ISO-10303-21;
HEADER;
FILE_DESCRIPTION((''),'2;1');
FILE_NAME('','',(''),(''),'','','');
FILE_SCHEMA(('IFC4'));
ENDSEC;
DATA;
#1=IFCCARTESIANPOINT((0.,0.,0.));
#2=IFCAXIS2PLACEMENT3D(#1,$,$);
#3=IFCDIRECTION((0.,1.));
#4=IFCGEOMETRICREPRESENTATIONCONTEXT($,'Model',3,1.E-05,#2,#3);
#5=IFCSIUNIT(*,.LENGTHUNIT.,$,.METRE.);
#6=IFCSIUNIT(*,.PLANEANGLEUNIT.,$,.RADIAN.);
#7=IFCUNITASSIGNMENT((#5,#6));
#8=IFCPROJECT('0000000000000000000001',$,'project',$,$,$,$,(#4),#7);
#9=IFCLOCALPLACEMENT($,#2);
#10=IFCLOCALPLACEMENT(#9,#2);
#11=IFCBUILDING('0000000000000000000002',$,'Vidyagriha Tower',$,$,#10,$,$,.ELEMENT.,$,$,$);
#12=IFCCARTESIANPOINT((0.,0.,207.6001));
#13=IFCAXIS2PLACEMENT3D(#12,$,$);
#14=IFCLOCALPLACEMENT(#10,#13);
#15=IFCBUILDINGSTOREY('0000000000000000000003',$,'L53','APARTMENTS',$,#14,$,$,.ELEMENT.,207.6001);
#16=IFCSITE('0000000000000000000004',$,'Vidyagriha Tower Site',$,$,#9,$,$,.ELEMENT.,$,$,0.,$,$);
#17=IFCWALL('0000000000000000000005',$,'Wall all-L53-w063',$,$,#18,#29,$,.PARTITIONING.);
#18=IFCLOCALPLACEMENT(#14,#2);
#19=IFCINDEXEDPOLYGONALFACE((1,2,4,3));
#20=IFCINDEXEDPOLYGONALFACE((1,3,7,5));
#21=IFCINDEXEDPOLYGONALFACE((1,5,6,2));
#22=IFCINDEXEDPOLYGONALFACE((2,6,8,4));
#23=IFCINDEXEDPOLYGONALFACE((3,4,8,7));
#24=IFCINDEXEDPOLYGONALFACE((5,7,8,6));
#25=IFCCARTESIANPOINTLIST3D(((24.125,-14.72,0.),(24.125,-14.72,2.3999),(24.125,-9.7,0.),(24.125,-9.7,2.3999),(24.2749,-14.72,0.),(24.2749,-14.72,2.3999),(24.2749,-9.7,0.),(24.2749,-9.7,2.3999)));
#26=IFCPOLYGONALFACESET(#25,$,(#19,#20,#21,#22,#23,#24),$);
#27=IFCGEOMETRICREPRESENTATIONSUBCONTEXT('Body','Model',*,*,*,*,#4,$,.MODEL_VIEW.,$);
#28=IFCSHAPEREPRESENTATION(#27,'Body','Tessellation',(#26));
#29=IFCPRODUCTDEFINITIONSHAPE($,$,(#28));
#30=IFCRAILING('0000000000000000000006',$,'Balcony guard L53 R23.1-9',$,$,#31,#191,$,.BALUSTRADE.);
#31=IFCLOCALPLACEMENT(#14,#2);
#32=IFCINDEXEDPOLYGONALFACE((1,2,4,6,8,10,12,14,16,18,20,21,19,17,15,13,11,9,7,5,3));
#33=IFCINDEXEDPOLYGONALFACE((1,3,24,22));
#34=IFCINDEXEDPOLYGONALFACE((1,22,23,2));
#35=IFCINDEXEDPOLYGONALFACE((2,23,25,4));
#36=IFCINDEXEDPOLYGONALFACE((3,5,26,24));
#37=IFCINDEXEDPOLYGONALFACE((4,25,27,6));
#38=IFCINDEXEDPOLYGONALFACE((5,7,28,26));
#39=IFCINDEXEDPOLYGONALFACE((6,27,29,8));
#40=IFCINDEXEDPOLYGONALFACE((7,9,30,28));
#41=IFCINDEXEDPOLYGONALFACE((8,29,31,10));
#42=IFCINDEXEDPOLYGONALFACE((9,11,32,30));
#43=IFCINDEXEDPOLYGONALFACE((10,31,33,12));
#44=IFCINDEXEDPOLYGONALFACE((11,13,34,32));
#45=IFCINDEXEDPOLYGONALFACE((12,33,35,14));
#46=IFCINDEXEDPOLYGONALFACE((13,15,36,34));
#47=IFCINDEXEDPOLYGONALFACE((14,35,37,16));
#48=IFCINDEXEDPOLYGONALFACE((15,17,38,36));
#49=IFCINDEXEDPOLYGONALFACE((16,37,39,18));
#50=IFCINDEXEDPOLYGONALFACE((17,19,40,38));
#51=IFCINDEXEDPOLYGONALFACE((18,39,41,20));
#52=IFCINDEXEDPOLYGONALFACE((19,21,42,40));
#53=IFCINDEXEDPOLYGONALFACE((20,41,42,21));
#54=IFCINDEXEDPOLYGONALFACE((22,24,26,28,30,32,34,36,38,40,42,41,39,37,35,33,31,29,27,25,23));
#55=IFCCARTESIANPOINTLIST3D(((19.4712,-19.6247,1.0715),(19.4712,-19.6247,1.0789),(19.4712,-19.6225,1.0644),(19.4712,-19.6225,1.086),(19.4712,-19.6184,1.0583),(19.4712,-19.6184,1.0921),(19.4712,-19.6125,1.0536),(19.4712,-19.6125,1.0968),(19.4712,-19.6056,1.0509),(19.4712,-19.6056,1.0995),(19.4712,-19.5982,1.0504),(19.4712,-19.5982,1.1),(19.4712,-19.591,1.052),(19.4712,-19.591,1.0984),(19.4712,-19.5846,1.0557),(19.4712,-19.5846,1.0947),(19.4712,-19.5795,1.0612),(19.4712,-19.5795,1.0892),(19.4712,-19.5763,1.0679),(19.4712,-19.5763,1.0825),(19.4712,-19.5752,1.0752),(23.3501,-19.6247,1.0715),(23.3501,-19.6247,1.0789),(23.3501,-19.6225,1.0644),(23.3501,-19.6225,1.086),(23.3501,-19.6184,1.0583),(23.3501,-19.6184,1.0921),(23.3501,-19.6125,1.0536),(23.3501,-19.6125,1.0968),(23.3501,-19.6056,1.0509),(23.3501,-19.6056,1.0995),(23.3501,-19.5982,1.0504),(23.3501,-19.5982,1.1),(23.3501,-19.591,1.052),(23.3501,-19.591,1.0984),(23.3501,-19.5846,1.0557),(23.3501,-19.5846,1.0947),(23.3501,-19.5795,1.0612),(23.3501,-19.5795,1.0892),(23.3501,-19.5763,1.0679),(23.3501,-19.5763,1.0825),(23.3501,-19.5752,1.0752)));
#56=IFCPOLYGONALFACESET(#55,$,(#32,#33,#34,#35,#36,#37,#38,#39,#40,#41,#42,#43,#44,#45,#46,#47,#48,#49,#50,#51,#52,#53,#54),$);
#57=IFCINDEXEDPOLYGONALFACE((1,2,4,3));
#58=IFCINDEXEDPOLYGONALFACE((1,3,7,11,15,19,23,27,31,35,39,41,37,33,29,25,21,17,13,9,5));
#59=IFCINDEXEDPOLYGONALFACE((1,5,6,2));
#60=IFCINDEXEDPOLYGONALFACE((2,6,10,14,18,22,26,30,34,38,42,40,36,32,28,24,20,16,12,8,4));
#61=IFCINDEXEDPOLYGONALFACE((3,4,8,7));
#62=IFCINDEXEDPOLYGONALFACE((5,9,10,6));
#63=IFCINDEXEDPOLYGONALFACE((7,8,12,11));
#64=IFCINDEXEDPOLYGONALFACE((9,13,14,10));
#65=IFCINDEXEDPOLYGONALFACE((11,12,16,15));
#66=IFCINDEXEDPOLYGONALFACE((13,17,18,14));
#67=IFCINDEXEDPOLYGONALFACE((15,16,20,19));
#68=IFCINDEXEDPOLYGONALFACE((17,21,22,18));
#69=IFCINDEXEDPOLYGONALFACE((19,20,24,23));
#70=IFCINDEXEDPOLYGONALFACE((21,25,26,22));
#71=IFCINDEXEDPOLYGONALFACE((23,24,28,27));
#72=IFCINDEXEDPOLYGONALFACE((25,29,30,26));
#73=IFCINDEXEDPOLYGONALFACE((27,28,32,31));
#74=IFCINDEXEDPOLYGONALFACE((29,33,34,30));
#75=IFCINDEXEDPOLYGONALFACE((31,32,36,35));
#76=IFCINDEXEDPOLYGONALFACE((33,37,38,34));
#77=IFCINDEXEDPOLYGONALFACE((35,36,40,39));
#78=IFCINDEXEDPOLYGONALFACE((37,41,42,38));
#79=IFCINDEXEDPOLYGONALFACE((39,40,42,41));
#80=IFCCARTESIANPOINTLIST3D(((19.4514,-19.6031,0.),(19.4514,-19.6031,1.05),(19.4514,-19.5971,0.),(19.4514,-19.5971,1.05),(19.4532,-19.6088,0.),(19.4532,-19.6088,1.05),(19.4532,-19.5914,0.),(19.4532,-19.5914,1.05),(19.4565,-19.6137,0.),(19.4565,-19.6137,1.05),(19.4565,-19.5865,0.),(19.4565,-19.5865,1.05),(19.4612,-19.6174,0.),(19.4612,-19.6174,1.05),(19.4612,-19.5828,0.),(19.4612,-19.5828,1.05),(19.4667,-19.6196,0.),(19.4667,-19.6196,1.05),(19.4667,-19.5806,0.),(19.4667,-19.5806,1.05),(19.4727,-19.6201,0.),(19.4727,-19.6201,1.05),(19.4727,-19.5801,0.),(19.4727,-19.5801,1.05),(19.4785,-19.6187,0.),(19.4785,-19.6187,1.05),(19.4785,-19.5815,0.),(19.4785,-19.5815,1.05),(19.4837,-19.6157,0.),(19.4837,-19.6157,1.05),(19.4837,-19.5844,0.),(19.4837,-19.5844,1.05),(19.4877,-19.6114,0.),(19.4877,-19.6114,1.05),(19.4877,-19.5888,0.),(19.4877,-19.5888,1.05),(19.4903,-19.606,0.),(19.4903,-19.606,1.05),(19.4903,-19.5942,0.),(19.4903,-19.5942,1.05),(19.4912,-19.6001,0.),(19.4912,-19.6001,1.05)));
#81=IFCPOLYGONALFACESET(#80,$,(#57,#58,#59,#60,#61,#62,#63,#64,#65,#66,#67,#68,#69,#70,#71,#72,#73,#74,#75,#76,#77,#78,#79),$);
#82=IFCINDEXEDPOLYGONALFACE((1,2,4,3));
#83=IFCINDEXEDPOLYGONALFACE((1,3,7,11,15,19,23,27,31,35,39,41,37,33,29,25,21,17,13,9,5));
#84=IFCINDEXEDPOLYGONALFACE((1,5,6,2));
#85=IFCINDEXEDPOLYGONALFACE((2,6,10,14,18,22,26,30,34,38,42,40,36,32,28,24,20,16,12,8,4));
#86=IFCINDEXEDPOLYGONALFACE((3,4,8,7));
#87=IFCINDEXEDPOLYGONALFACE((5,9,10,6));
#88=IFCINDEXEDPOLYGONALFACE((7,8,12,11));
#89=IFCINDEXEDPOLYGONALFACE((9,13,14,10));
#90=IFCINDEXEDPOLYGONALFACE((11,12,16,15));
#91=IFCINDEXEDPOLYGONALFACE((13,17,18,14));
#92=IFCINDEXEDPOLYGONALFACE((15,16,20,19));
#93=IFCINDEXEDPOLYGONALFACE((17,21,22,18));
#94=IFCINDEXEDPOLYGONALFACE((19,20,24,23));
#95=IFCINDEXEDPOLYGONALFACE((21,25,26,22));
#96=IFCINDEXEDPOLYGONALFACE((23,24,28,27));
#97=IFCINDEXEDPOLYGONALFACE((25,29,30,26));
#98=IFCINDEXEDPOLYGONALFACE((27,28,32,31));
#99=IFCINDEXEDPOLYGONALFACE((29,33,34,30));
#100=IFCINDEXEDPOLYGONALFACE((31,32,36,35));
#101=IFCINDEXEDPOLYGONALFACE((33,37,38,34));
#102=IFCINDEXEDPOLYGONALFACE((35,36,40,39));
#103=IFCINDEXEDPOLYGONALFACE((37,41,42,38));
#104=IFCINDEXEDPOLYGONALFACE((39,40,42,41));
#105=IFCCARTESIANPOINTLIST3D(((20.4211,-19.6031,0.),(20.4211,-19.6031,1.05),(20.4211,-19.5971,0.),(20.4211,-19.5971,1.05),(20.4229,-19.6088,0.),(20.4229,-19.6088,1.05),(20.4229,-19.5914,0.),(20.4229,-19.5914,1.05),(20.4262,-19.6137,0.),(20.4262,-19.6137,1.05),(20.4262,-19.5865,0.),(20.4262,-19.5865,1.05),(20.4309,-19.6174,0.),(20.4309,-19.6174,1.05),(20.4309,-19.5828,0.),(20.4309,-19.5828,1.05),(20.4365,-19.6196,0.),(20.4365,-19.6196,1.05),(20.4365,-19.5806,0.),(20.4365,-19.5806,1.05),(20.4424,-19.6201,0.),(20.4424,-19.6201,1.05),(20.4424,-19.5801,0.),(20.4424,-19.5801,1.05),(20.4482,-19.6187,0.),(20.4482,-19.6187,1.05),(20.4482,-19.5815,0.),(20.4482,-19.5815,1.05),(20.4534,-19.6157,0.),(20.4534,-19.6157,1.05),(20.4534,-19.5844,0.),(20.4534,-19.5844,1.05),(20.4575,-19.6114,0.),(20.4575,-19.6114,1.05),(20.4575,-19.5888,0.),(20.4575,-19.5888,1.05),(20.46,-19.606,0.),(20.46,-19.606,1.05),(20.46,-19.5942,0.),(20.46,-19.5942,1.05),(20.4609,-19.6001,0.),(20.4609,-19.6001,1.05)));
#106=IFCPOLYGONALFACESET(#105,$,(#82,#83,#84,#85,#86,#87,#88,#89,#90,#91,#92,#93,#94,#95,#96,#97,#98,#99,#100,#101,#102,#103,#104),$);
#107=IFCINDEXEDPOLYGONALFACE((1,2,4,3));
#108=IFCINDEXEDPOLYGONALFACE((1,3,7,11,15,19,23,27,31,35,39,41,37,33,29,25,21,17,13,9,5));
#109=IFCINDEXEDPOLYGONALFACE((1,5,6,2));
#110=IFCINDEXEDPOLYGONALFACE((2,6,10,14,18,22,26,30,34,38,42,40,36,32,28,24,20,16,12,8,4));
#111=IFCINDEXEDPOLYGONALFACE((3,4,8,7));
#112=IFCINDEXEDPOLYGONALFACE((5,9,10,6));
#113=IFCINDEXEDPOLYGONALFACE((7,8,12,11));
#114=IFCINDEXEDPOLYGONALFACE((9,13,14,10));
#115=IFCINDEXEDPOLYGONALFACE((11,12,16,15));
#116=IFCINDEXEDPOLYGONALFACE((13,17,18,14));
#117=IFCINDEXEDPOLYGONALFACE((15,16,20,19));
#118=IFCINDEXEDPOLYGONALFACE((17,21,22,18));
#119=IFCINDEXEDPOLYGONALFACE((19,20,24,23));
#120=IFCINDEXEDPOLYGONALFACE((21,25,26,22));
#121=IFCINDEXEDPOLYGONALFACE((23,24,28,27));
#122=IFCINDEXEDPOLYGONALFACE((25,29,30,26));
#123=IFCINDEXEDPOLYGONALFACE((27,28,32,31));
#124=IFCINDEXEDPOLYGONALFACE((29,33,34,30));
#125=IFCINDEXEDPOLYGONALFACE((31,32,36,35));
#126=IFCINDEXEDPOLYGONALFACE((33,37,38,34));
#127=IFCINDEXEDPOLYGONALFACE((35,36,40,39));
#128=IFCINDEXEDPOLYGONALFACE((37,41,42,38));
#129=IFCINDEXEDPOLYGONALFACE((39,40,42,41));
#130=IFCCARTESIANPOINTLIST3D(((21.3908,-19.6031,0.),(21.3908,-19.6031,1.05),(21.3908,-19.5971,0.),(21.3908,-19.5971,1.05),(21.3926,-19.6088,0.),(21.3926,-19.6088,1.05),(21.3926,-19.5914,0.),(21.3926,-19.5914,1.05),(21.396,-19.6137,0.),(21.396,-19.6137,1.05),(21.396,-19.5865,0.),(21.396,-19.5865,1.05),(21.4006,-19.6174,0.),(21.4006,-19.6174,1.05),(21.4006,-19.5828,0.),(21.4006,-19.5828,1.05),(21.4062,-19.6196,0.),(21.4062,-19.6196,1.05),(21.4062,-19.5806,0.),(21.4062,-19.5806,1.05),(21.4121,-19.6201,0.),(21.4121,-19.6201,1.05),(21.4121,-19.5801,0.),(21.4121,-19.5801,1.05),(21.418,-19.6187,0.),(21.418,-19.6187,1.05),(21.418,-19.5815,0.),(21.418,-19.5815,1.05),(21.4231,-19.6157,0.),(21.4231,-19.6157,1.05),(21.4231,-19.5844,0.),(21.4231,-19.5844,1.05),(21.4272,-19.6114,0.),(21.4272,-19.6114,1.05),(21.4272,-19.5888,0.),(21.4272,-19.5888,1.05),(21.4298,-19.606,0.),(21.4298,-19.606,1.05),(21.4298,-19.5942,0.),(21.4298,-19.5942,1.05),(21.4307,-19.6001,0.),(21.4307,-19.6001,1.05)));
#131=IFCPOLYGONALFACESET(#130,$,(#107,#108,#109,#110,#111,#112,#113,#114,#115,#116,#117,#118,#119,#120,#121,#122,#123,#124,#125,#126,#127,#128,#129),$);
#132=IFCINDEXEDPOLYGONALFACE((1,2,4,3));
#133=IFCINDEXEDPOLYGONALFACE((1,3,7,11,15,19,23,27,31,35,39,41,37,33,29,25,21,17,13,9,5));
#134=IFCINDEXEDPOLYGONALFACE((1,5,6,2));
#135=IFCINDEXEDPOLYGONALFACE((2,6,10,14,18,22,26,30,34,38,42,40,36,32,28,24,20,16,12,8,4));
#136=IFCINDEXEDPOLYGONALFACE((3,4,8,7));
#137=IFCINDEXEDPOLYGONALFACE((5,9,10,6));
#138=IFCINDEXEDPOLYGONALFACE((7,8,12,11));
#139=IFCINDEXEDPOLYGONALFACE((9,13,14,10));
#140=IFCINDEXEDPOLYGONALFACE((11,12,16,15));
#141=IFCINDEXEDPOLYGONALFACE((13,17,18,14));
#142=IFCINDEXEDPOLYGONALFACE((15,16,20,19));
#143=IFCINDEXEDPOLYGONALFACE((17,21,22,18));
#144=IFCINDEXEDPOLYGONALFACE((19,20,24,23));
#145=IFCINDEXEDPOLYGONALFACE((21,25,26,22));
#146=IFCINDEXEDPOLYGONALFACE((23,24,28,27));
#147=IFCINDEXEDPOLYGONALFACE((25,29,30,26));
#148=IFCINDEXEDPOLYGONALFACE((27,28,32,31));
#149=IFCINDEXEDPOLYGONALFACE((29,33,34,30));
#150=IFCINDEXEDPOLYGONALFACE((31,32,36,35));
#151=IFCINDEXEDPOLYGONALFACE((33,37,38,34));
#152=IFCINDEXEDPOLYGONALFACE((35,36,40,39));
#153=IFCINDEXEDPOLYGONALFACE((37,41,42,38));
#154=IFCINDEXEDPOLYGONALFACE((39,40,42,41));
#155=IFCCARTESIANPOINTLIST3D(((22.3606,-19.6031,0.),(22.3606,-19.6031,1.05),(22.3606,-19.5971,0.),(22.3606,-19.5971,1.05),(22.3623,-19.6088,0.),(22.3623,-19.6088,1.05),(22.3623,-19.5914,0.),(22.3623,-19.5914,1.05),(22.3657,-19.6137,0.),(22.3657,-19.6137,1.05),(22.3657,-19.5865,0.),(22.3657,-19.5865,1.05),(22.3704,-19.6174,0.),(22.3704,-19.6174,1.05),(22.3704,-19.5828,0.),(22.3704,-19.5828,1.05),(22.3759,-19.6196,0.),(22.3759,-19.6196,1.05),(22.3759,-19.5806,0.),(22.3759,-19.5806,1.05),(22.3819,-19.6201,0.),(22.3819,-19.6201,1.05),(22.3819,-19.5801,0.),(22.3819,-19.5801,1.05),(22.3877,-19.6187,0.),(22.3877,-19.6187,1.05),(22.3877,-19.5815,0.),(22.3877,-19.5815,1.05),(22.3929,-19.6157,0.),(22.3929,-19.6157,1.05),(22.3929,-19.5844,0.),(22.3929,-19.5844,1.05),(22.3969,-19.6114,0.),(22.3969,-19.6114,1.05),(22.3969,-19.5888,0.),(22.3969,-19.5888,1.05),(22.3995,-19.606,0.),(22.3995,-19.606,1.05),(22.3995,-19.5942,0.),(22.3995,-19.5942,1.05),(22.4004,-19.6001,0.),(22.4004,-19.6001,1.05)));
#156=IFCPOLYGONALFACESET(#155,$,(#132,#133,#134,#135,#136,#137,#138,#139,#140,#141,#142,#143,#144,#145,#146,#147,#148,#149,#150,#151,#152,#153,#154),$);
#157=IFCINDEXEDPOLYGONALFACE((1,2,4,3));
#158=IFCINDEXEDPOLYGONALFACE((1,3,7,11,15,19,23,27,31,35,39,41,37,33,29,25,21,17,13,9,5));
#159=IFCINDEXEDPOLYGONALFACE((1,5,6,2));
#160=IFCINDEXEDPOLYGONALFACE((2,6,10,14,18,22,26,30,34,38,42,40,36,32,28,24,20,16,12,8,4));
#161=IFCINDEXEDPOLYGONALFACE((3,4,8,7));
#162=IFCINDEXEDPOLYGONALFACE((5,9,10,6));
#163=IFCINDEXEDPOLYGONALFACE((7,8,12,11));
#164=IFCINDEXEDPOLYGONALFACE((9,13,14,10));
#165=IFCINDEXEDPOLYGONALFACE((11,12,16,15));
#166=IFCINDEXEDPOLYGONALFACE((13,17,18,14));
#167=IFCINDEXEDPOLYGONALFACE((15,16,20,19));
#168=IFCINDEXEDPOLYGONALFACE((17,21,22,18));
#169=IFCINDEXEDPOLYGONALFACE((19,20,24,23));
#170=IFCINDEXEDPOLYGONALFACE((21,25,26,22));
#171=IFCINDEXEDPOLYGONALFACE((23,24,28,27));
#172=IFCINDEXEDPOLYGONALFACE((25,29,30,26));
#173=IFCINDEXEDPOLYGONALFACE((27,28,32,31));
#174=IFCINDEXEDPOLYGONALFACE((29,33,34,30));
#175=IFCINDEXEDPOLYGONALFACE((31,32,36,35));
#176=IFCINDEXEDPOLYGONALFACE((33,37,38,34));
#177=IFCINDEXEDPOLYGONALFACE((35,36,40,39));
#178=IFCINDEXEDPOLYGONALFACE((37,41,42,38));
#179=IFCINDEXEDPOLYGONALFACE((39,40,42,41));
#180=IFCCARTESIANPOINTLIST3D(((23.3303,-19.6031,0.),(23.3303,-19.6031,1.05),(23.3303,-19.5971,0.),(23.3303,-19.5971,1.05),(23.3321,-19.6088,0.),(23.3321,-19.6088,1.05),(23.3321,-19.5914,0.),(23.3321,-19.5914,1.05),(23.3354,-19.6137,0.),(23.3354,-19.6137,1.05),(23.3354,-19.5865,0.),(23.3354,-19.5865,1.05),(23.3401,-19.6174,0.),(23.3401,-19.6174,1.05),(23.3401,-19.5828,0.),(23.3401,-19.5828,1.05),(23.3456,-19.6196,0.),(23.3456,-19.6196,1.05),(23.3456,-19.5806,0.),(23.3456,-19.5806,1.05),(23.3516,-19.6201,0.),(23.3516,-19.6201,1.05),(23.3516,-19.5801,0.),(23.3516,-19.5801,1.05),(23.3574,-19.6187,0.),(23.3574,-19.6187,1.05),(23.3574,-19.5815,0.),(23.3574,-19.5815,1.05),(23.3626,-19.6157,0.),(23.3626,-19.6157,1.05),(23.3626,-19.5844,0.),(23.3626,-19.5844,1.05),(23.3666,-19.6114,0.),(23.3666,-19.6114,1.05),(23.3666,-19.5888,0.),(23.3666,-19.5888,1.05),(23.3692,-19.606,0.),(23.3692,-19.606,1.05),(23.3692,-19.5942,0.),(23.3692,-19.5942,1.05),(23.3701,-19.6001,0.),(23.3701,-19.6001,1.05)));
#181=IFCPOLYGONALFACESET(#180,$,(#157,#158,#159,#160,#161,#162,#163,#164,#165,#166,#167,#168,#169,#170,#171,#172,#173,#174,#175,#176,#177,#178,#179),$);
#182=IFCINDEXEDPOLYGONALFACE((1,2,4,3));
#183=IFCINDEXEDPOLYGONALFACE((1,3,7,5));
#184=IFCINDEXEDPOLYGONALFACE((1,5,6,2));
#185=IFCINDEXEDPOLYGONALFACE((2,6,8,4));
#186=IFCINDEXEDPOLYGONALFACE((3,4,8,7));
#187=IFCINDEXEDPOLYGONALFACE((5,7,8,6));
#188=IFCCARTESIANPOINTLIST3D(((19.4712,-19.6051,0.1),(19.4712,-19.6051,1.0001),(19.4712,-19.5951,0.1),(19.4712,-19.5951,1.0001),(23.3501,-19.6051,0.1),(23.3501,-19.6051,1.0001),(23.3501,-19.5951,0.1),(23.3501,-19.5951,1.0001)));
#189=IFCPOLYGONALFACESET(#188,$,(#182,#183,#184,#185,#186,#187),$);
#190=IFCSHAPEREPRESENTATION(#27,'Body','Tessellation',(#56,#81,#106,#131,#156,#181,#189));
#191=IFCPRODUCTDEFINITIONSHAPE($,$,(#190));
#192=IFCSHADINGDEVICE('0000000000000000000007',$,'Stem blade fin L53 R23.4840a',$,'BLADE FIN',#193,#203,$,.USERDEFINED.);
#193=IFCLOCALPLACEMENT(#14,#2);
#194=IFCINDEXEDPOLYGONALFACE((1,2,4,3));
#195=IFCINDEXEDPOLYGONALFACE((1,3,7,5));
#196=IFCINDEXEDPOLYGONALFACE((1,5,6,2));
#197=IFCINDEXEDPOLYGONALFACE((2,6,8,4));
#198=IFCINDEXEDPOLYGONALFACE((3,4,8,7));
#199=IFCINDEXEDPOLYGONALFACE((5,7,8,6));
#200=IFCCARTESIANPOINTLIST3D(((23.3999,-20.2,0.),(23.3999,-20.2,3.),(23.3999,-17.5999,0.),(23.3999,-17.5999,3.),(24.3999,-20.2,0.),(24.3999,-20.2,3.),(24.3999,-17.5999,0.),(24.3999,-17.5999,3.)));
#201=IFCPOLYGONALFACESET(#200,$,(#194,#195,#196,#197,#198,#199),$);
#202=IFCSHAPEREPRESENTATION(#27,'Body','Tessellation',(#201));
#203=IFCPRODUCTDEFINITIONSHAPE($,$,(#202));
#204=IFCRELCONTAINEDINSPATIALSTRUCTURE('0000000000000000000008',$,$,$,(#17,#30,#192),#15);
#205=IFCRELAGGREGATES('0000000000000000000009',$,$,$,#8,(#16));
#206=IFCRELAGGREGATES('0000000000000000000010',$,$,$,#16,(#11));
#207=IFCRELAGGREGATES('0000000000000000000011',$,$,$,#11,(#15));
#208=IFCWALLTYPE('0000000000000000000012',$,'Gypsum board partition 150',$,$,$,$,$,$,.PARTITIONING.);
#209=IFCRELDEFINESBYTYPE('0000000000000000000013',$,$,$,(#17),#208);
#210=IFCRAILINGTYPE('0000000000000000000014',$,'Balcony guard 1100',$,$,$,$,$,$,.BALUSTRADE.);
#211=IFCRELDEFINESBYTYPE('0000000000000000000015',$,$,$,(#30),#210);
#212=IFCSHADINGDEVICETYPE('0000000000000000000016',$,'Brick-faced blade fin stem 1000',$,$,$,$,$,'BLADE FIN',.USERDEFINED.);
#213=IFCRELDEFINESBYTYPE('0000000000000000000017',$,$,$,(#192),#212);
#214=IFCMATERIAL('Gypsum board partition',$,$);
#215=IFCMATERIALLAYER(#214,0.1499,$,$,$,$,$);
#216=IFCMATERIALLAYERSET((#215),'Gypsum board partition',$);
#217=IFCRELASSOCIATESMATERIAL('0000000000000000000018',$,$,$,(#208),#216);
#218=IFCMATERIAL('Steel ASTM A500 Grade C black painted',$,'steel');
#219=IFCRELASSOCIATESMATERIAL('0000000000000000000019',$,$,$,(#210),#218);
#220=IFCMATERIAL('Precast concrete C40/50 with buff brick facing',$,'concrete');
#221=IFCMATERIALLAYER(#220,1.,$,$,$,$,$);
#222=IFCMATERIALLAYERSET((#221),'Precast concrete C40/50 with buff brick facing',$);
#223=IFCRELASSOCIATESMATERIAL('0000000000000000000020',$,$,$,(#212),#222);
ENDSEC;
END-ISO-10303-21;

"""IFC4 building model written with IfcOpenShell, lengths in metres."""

from ifc_helpers import new_model, si_unit, direction, frame, frame_2d, origin, origin_2d, place, context, subcontext, project, spatial, polyline, rectangle, circle, outline, extrude, material, layer, layer_set, type_object, element, save


model = new_model("IFC4")

# Units and contexts
model_context = context("Model", 3, precision=1e-05, world=origin(), true_north=direction((0.0, 1.0)))
body_context = subcontext(model_context, "Body", "Model", "MODEL_VIEW")
ifc_project = project(units=[si_unit("LENGTHUNIT", "METRE"), si_unit("PLANEANGLEUNIT", "RADIAN")], contexts=[model_context])

# Site, building, storey
site_placement = place(None, origin())
site = spatial("IfcSite", under=ifc_project, at=site_placement, Name="Vidyagriha Tower Site", CompositionType="ELEMENT", RefElevation=0.0)
building_placement = place(site_placement, origin())
building = spatial("IfcBuilding", under=site, at=building_placement, Name="Vidyagriha Tower", CompositionType="ELEMENT")
storey_placement = place(building_placement, frame((0.0, 0.0, 207.6001)))
storey = spatial("IfcBuildingStorey", under=building, at=storey_placement, Name="L53", Description="APARTMENTS", CompositionType="ELEMENT", Elevation=207.6001)

# Shared definitions
ifc_material_1 = material(Name="Gypsum board partition")
ifc_layer_1 = layer(ifc_material_1, 0.1499)
ifc_layer_set_1 = layer_set([ifc_layer_1], Name="Gypsum board partition")
wall_type_1 = type_object("IfcWallType", Name="Gypsum board partition 150", PredefinedType="PARTITIONING", material=ifc_layer_set_1)

# Wall
wall_1_placement = place(storey_placement, frame((24.2, -9.7, 0.0), z_axis=(0.0, 0.0, 1.0), x_axis=(0.0, -1.0, 0.0)))
element("IfcWall", 1, at=wall_1_placement, inside=storey, type_object=wall_type_1, Name="Wall all-L53-w063", PredefinedType="PARTITIONING", context=body_context, shape_type="SweptSolid", body=[
    extrude(rectangle(XDim=5.02, YDim=0.1499, at=frame_2d((2.51, 0.0))), origin(), (0.0, 0.0, 1.0), 2.3999),
])

# Railing
ifc_material_2 = material(Name="Steel ASTM A500 Grade C black painted", Category="steel")
railing_type_1 = type_object("IfcRailingType", Name="Balcony guard 1100", PredefinedType="BALUSTRADE", material=ifc_material_2)
railing_1_placement = place(storey_placement, frame((19.4712, -19.6001, 0.0)))
element("IfcRailing", 2, at=railing_1_placement, inside=storey, type_object=railing_type_1, Name="Balcony guard L53 R23.1-9", PredefinedType="BALUSTRADE", context=body_context, shape_type="SweptSolid", body=[
    extrude(circle(Radius=0.0249, at=origin_2d()), frame((0.0, 0.0, 1.0752), z_axis=(1.0, 0.0, 0.0), x_axis=(0.0, 1.0, 0.0)), (0.0, 0.0, 1.0), 3.8789),
    extrude(circle(Radius=0.02, at=origin_2d()), origin(), (0.0, 0.0, 1.0), 1.05),
    extrude(circle(Radius=0.02, at=origin_2d()), frame((0.9697, 0.0, 0.0)), (0.0, 0.0, 1.0), 1.05),
    extrude(circle(Radius=0.02, at=origin_2d()), frame((1.9395, 0.0, 0.0)), (0.0, 0.0, 1.0), 1.05),
    extrude(circle(Radius=0.02, at=origin_2d()), frame((2.9092, 0.0, 0.0)), (0.0, 0.0, 1.0), 1.05),
    extrude(circle(Radius=0.02, at=origin_2d()), frame((3.8789, 0.0, 0.0)), (0.0, 0.0, 1.0), 1.05),
    extrude(rectangle(XDim=0.01, YDim=0.9001, at=origin_2d()), frame((0.0, 0.0, 0.55), z_axis=(1.0, 0.0, 0.0), x_axis=(0.0, 1.0, 0.0)), (0.0, 0.0, 1.0), 3.8789),
])

# Shading device
ifc_material_3 = material(Name="Precast concrete C40/50 with buff brick facing", Category="concrete")
ifc_layer_2 = layer(ifc_material_3, 1.0)
ifc_layer_set_2 = layer_set([ifc_layer_2], Name="Precast concrete C40/50 with buff brick facing")
shading_device_type = type_object("IfcShadingDeviceType", Name="Brick-faced blade fin stem 1000", ElementType="BLADE FIN", PredefinedType="USERDEFINED", material=ifc_layer_set_2)
shading_device_placement = place(storey_placement, frame((23.3999, -18.8999, 0.0)))
element("IfcShadingDevice", 3, at=shading_device_placement, inside=storey, type_object=shading_device_type, Name="Stem blade fin L53 R23.4840a", ObjectType="BLADE FIN", PredefinedType="USERDEFINED", context=body_context, shape_type="SweptSolid", body=[
    extrude(outline(polyline([(0.0, 0.0), (1.0, 0.0), (1.0, 3.0), (0.0, 3.0), (0.0, 0.0)])), frame((0.0, 1.3, 0.0), z_axis=(0.0, -1.0, 0.0), x_axis=(1.0, 0.0, 0.0)), (0.0, 0.0, 1.0), 2.6001),
])

save(model, "model.ifc")
